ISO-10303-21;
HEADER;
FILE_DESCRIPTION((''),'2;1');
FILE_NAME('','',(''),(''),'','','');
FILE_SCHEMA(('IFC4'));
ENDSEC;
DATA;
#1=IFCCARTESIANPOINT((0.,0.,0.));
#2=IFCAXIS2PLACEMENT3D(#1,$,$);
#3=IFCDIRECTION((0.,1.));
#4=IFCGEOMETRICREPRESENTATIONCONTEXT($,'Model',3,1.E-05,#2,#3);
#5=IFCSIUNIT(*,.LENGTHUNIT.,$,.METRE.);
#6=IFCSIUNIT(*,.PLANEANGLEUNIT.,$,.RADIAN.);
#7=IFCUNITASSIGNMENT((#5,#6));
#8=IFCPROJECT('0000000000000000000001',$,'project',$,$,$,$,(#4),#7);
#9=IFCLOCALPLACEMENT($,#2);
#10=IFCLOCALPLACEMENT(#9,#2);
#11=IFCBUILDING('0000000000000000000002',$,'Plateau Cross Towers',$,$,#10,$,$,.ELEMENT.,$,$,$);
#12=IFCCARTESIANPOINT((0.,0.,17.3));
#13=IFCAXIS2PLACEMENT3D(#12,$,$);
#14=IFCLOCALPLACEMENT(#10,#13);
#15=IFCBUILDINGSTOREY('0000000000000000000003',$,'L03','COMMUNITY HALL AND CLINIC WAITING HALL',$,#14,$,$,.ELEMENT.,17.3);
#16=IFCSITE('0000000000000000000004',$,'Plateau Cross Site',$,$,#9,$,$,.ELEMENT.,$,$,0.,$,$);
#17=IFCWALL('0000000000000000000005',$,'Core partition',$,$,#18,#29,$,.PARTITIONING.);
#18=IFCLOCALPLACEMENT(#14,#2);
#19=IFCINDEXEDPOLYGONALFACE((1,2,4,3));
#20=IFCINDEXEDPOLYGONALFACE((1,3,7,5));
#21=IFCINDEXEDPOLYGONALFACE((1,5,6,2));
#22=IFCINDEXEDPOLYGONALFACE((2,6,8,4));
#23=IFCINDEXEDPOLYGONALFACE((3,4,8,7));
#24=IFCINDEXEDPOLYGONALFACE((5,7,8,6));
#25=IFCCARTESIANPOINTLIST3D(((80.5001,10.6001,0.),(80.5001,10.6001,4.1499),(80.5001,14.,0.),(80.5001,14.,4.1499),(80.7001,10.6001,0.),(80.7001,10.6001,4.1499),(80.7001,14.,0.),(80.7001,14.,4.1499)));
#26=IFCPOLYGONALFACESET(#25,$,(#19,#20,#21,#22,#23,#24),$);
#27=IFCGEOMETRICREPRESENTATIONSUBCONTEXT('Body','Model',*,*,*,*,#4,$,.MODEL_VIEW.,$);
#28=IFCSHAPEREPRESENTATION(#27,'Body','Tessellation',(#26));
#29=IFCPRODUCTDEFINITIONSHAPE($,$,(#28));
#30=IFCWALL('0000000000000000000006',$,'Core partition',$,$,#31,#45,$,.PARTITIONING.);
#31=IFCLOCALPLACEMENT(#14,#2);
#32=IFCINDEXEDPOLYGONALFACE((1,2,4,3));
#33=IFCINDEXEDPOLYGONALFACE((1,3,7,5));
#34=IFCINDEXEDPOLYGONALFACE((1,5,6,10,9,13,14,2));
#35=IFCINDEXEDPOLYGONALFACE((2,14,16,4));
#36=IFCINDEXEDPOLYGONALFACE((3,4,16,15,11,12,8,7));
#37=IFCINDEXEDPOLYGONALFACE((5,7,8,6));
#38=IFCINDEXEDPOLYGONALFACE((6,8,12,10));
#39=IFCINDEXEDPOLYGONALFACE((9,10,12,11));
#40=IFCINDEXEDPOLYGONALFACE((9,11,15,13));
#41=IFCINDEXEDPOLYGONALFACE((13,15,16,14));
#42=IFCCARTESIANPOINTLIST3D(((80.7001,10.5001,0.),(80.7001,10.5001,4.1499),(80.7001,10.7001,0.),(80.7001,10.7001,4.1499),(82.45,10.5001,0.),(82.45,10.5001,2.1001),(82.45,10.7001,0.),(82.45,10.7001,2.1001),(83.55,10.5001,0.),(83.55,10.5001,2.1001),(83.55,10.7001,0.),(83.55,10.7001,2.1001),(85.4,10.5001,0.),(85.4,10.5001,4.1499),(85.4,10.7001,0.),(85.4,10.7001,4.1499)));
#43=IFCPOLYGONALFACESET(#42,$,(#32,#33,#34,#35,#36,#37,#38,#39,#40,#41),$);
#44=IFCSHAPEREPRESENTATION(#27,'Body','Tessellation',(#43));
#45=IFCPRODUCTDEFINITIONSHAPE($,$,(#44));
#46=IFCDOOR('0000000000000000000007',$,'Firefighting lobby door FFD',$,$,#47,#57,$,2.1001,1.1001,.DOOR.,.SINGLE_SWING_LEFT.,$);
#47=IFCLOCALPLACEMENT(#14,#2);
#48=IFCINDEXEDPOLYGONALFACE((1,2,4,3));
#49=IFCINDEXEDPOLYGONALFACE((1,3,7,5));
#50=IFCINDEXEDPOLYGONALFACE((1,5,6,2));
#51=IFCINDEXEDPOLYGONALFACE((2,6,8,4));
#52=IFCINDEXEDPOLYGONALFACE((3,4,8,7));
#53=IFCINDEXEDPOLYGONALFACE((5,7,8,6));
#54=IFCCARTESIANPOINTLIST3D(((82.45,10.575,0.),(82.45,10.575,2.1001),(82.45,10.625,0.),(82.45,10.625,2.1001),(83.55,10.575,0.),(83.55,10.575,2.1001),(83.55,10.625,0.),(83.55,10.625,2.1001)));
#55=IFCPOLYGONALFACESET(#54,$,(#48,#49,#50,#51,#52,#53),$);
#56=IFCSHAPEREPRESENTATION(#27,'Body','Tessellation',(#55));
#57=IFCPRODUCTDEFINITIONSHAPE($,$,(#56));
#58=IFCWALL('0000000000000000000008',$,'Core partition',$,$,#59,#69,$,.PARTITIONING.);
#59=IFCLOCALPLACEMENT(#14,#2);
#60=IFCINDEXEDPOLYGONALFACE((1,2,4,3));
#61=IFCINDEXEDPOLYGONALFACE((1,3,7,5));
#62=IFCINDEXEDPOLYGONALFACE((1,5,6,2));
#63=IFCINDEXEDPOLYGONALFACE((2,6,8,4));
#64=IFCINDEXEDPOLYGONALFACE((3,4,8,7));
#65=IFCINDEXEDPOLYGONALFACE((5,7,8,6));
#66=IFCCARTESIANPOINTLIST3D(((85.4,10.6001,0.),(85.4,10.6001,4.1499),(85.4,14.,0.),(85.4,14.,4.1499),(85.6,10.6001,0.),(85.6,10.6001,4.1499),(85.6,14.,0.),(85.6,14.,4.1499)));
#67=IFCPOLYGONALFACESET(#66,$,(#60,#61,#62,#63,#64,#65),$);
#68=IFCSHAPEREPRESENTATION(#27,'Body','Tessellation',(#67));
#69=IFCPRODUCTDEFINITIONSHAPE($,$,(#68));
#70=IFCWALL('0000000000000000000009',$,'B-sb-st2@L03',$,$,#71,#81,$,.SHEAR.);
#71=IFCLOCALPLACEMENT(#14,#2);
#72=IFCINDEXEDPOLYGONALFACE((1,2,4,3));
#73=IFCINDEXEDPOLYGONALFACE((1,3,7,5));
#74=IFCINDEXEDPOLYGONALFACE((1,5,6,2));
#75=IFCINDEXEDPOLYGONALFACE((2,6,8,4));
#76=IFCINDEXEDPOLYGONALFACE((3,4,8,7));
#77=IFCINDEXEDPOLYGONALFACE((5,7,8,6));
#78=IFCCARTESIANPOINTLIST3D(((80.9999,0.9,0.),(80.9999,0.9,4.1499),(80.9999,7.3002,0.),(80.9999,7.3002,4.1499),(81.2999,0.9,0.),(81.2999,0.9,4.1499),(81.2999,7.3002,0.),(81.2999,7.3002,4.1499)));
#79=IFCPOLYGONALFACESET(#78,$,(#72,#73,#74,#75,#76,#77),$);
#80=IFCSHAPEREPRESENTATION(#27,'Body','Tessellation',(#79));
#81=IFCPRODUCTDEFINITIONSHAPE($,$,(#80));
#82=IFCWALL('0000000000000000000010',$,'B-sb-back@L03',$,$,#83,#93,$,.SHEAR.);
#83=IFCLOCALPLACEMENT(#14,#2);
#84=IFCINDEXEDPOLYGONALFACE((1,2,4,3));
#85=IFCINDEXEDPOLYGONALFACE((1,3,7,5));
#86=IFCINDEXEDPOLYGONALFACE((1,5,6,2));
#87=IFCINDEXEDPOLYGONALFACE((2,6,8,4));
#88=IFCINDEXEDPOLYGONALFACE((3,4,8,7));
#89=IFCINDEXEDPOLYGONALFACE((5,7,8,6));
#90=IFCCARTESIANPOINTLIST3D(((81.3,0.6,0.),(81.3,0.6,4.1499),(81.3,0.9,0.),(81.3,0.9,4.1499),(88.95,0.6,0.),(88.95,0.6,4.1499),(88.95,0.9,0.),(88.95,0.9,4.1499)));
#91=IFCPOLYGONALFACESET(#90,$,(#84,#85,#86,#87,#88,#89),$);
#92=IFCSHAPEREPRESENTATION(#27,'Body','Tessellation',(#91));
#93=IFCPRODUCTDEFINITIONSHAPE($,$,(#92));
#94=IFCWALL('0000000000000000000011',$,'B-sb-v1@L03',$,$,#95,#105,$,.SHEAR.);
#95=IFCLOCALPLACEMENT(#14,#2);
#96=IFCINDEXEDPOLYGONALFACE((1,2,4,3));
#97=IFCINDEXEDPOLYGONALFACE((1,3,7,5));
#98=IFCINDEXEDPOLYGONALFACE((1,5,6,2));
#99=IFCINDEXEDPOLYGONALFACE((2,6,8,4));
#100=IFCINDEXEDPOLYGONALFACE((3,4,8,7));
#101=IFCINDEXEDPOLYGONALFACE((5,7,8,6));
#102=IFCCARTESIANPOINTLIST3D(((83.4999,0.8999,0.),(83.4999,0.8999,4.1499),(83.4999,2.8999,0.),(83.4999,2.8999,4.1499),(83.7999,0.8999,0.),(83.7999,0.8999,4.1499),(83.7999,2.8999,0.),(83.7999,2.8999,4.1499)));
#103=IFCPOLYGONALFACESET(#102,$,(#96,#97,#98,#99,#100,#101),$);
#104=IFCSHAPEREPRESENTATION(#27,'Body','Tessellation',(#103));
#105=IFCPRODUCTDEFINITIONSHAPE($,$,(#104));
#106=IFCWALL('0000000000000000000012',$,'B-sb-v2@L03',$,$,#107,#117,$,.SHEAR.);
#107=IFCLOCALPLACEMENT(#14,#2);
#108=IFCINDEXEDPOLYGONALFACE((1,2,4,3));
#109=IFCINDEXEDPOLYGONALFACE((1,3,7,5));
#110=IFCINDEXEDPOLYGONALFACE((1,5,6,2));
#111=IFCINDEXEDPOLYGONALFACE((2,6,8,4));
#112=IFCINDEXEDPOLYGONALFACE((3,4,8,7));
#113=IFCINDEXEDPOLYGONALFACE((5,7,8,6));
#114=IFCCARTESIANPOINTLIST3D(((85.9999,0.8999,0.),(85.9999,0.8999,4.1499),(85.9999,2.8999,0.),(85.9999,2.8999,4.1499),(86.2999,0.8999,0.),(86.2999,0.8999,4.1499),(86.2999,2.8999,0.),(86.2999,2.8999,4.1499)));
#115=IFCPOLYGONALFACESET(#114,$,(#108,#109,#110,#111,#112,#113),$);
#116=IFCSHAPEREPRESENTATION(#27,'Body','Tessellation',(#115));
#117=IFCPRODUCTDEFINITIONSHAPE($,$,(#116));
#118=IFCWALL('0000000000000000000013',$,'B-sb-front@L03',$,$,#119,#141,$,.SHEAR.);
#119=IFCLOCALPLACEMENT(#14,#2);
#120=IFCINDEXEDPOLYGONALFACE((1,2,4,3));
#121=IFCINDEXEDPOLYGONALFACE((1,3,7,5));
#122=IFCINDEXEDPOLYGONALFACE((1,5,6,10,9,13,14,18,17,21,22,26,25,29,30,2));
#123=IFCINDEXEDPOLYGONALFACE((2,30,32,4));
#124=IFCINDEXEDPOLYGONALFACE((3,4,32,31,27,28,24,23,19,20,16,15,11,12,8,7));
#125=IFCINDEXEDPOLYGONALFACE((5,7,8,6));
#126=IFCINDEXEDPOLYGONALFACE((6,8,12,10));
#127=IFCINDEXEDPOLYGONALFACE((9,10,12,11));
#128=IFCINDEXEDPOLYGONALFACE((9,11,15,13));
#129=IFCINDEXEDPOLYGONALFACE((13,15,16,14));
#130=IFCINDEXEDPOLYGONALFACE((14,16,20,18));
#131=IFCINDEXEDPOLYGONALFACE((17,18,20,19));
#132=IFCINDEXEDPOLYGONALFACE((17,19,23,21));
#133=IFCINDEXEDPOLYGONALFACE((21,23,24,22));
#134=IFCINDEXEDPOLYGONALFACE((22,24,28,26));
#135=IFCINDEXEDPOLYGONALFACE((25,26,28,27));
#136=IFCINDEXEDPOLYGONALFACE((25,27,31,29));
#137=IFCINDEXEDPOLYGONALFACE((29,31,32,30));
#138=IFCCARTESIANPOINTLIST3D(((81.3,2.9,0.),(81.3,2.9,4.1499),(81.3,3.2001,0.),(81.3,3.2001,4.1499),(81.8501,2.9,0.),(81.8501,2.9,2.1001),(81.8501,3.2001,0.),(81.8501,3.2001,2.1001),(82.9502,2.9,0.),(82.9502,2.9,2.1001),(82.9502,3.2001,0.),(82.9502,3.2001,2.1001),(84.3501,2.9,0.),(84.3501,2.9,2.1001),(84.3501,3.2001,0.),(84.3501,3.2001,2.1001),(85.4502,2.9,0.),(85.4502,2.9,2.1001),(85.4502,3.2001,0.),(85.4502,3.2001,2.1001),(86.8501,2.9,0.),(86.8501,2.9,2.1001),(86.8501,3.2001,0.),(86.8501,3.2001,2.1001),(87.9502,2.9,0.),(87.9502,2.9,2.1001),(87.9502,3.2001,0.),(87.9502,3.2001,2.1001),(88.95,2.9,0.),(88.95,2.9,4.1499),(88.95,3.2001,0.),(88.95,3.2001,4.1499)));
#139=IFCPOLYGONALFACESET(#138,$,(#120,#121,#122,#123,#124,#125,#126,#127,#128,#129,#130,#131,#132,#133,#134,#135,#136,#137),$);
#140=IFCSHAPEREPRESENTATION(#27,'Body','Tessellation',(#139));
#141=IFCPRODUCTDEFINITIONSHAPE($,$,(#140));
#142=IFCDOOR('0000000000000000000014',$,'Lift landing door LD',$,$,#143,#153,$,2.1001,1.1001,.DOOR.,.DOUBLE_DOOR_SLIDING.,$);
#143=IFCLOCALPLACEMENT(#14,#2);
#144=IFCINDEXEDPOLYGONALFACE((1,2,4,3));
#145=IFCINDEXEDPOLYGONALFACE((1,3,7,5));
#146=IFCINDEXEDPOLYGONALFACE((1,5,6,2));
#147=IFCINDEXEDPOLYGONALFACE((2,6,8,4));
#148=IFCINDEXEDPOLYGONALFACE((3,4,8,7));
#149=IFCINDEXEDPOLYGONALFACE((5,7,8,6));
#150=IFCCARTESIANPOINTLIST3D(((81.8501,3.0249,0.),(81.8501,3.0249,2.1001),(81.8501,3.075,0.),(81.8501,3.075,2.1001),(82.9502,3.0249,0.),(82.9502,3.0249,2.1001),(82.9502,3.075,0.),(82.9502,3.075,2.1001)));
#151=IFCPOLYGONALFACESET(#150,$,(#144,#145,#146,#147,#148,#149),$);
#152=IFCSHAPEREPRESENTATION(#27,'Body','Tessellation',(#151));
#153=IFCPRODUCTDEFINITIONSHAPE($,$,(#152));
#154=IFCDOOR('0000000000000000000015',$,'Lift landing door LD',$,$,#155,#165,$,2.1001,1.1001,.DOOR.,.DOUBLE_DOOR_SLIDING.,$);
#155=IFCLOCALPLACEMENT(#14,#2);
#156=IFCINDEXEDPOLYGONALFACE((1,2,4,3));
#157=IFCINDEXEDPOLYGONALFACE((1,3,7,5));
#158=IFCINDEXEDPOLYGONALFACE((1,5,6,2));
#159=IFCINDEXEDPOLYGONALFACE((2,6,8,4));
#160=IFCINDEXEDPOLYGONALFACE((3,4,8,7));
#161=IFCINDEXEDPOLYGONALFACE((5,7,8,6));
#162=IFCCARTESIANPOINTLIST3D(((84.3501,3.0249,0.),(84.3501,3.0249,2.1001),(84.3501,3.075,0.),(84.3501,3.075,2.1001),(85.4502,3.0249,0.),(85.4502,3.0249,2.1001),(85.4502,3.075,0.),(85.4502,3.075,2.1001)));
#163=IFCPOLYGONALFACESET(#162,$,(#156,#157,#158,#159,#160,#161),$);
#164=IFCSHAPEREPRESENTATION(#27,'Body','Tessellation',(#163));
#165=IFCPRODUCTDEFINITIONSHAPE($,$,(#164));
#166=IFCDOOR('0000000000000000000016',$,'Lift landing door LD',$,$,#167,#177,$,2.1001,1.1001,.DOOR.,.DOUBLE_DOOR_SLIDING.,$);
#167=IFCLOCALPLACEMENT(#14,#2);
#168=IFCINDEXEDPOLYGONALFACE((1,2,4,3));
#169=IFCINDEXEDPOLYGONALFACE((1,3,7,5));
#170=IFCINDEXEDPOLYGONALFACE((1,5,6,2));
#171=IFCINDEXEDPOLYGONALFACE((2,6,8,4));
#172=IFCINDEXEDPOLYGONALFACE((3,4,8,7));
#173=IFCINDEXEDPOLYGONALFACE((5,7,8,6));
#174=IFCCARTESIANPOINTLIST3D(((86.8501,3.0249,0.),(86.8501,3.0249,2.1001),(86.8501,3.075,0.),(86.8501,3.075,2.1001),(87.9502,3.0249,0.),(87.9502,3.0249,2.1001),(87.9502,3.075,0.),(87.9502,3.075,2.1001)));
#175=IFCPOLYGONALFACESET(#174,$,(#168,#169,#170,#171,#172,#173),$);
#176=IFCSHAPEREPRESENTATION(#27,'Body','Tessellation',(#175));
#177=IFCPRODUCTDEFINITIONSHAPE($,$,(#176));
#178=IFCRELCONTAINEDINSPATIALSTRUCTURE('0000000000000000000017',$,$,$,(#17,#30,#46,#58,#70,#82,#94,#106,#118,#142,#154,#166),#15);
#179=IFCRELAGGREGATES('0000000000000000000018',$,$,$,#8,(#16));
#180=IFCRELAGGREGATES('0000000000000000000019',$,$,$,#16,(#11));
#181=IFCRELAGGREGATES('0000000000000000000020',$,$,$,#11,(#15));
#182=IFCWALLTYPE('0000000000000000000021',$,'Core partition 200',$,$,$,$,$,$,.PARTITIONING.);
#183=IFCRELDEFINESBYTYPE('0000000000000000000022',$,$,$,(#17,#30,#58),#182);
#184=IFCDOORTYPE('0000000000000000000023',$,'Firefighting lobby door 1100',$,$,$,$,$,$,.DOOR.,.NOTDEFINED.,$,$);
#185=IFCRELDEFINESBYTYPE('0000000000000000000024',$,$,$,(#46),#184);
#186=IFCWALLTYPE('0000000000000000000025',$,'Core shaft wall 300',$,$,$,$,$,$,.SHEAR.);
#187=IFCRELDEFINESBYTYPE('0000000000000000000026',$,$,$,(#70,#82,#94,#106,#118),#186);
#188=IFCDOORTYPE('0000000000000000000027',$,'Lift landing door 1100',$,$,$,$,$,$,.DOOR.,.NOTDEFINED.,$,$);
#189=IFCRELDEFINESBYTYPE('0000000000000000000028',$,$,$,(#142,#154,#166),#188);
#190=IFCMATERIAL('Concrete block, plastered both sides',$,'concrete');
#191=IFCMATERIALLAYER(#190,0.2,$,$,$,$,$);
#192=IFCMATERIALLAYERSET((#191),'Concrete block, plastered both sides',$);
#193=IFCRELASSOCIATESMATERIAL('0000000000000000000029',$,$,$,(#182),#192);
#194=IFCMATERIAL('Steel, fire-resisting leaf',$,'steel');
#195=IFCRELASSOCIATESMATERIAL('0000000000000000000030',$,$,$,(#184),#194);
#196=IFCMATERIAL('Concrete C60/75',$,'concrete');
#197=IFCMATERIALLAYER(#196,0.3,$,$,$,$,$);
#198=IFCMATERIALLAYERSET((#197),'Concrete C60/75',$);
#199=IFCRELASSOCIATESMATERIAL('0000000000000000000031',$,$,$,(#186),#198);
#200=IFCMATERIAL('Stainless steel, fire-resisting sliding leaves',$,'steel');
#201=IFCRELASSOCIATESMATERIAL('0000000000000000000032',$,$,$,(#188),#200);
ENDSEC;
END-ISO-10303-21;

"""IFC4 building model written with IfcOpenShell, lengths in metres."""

from ifc_helpers import new_model, si_unit, direction, frame, frame_2d, origin, place, context, subcontext, project, spatial, rectangle, extrude, material, layer, layer_set, type_object, element, fill, save


model = new_model("IFC4")

# Units and contexts
model_context = context("Model", 3, precision=1e-05, world=origin(), true_north=direction((0.0, 1.0)))
body_context = subcontext(model_context, "Body", "Model", "MODEL_VIEW")
ifc_project = project(units=[si_unit("LENGTHUNIT", "METRE"), si_unit("PLANEANGLEUNIT", "RADIAN")], contexts=[model_context])

# Site, building, storey
site_placement = place(None, origin())
site = spatial("IfcSite", under=ifc_project, at=site_placement, Name="Plateau Cross Site", CompositionType="ELEMENT", RefElevation=0.0)
building_placement = place(site_placement, origin())
building = spatial("IfcBuilding", under=site, at=building_placement, Name="Plateau Cross Towers", CompositionType="ELEMENT")
storey_placement = place(building_placement, frame((0.0, 0.0, 17.3)))
storey = spatial("IfcBuildingStorey", under=building, at=storey_placement, Name="L03", Description="COMMUNITY HALL AND CLINIC WAITING HALL", CompositionType="ELEMENT", Elevation=17.3)

# Wall
ifc_material_1 = material(Name="Concrete block, plastered both sides", Category="concrete")
ifc_layer_1 = layer(ifc_material_1, 0.2)
ifc_layer_set_1 = layer_set([ifc_layer_1], Name="Concrete block, plastered both sides")
wall_type_1 = type_object("IfcWallType", Name="Core partition 200", PredefinedType="PARTITIONING", material=ifc_layer_set_1)
wall_1_placement = place(storey_placement, frame((80.6001, 10.6001, 0.0), z_axis=(0.0, 0.0, 1.0), x_axis=(0.0, 1.0, 0.0)))
element("IfcWall", 1, at=wall_1_placement, inside=storey, type_object=wall_type_1, Name="Core partition", PredefinedType="PARTITIONING", context=body_context, shape_type="SweptSolid", body=[
    extrude(rectangle(XDim=3.3999, YDim=0.2, at=frame_2d((1.7, 0.0))), origin(), (0.0, 0.0, 1.0), 4.1499),
])

# Wall, opening, door
wall_2_placement = place(storey_placement, frame((80.7, 10.6001, 0.0), z_axis=(0.0, 0.0, 1.0), x_axis=(1.0, 0.0, 0.0)))
wall_2 = element("IfcWall", 2, at=wall_2_placement, inside=storey, type_object=wall_type_1, Name="Core partition", PredefinedType="PARTITIONING", context=body_context, shape_type="SweptSolid", body=[
    extrude(rectangle(XDim=4.7, YDim=0.2, at=frame_2d((2.3501, 0.0))), origin(), (0.0, 0.0, 1.0), 4.1499),
])
opening_1_placement = place(wall_2_placement, frame((1.75, 0.0, 0.0)))
opening_1 = element("IfcOpeningElement", 3, at=opening_1_placement, cuts=wall_2, PredefinedType="OPENING", context=body_context, shape_type="SweptSolid", body=[
    extrude(rectangle(XDim=1.1001, YDim=2.1001, at=frame_2d((0.55, 1.05))), frame((0.0, 0.1099, 0.0), z_axis=(0.0, -1.0, 0.0), x_axis=(1.0, 0.0, 0.0)), (0.0, 0.0, 1.0), 0.22),
])
ifc_material_2 = material(Name="Steel, fire-resisting leaf", Category="steel")
door_type_1 = type_object("IfcDoorType", Name="Firefighting lobby door 1100", OperationType="NOTDEFINED", PredefinedType="DOOR", material=ifc_material_2)
door_1_placement = place(opening_1_placement, origin())
door_1 = element("IfcDoor", 4, at=door_1_placement, inside=storey, type_object=door_type_1, Name="Firefighting lobby door FFD", OperationType="SINGLE_SWING_LEFT", OverallHeight=2.1001, OverallWidth=1.1001, PredefinedType="DOOR", context=body_context, shape_type="SweptSolid", body=[
    extrude(rectangle(XDim=1.1001, YDim=2.1001, at=frame_2d((0.55, 1.05))), frame((0.0, 0.0249, 0.0), z_axis=(0.0, -1.0, 0.0), x_axis=(1.0, 0.0, 0.0)), (0.0, 0.0, 1.0), 0.05),
])
fill(opening_1, door_1)

# Walls
wall_3_placement = place(storey_placement, frame((85.5, 10.6001, 0.0), z_axis=(0.0, 0.0, 1.0), x_axis=(0.0, 1.0, 0.0)))
element("IfcWall", 5, at=wall_3_placement, inside=storey, type_object=wall_type_1, Name="Core partition", PredefinedType="PARTITIONING", context=body_context, shape_type="SweptSolid", body=[
    extrude(rectangle(XDim=3.3999, YDim=0.2, at=frame_2d((1.7, 0.0))), origin(), (0.0, 0.0, 1.0), 4.1499),
])
ifc_material_3 = material(Name="Concrete C60/75", Category="concrete")
ifc_layer_2 = layer(ifc_material_3, 0.3)
ifc_layer_set_2 = layer_set([ifc_layer_2], Name="Concrete C60/75")
wall_type_2 = type_object("IfcWallType", Name="Core shaft wall 300", PredefinedType="SHEAR", material=ifc_layer_set_2)
wall_4_placement = place(storey_placement, frame((81.1499, 0.8999, 0.0), z_axis=(0.0, 0.0, 1.0), x_axis=(0.0, 1.0, 0.0)))
element("IfcWall", 6, at=wall_4_placement, inside=storey, type_object=wall_type_2, Name="B-sb-st2@L03", PredefinedType="SHEAR", context=body_context, shape_type="SweptSolid", body=[
    extrude(rectangle(XDim=6.4001, YDim=0.3, at=frame_2d((3.2002, 0.0))), origin(), (0.0, 0.0, 1.0), 4.1499),
])
wall_5_placement = place(storey_placement, frame((81.3, 0.75, 0.0), z_axis=(0.0, 0.0, 1.0), x_axis=(1.0, 0.0, 0.0)))
element("IfcWall", 7, at=wall_5_placement, inside=storey, type_object=wall_type_2, Name="B-sb-back@L03", PredefinedType="SHEAR", context=body_context, shape_type="SweptSolid", body=[
    extrude(rectangle(XDim=7.6499, YDim=0.3, at=frame_2d((3.825, 0.0))), origin(), (0.0, 0.0, 1.0), 4.1499),
])
for number, where, z_axis, x_axis, name in (
    (8, (83.6499, 0.8999, 0.0), (0.0, 0.0, 1.0), (0.0, 1.0, 0.0), "B-sb-v1@L03"),
    (9, (86.1499, 0.8999, 0.0), (0.0, 0.0, 1.0), (0.0, 1.0, 0.0), "B-sb-v2@L03"),
):
    element("IfcWall", number, at=place(storey_placement, frame(where, z_axis=z_axis, x_axis=x_axis)), inside=storey, type_object=wall_type_2, Name=name, PredefinedType="SHEAR", context=body_context, shape_type="SweptSolid", body=[
        extrude(rectangle(XDim=2.0, YDim=0.3, at=frame_2d((1.0, 0.0))), origin(), (0.0, 0.0, 1.0), 4.1499),
    ])

# Wall, openings, doors
wall_6_placement = place(storey_placement, frame((81.3, 3.05, 0.0), z_axis=(0.0, 0.0, 1.0), x_axis=(1.0, 0.0, 0.0)))
wall_6 = element("IfcWall", 10, at=wall_6_placement, inside=storey, type_object=wall_type_2, Name="B-sb-front@L03", PredefinedType="SHEAR", context=body_context, shape_type="SweptSolid", body=[
    extrude(rectangle(XDim=7.6499, YDim=0.3, at=frame_2d((3.825, 0.0))), origin(), (0.0, 0.0, 1.0), 4.1499),
])
opening_2_placement = place(wall_6_placement, frame((0.55, 0.0, 0.0)))
opening_2 = element("IfcOpeningElement", 11, at=opening_2_placement, cuts=wall_6, PredefinedType="OPENING", context=body_context, shape_type="SweptSolid", body=[
    extrude(rectangle(XDim=1.1001, YDim=2.1001, at=frame_2d((0.55, 1.05))), frame((0.0, 0.1599, 0.0), z_axis=(0.0, -1.0, 0.0), x_axis=(1.0, 0.0, 0.0)), (0.0, 0.0, 1.0), 0.3201),
])
opening_3_placement = place(wall_6_placement, frame((3.05, 0.0, 0.0)))
opening_3 = element("IfcOpeningElement", 12, at=opening_3_placement, cuts=wall_6, PredefinedType="OPENING", context=body_context, shape_type="SweptSolid", body=[
    extrude(rectangle(XDim=1.1001, YDim=2.1001, at=frame_2d((0.55, 1.05))), frame((0.0, 0.1599, 0.0), z_axis=(0.0, -1.0, 0.0), x_axis=(1.0, 0.0, 0.0)), (0.0, 0.0, 1.0), 0.3201),
])
opening_4_placement = place(wall_6_placement, frame((5.55, 0.0, 0.0)))
opening_4 = element("IfcOpeningElement", 13, at=opening_4_placement, cuts=wall_6, PredefinedType="OPENING", context=body_context, shape_type="SweptSolid", body=[
    extrude(rectangle(XDim=1.1001, YDim=2.1001, at=frame_2d((0.55, 1.05))), frame((0.0, 0.1599, 0.0), z_axis=(0.0, -1.0, 0.0), x_axis=(1.0, 0.0, 0.0)), (0.0, 0.0, 1.0), 0.3201),
])
ifc_material_4 = material(Name="Stainless steel, fire-resisting sliding leaves", Category="steel")
door_type_2 = type_object("IfcDoorType", Name="Lift landing door 1100", OperationType="NOTDEFINED", PredefinedType="DOOR", material=ifc_material_4)
door_2_placement = place(opening_2_placement, origin())
door_2 = element("IfcDoor", 14, at=door_2_placement, inside=storey, type_object=door_type_2, Name="Lift landing door LD", OperationType="DOUBLE_DOOR_SLIDING", OverallHeight=2.1001, OverallWidth=1.1001, PredefinedType="DOOR", context=body_context, shape_type="SweptSolid", body=[
    extrude(rectangle(XDim=1.1001, YDim=2.1001, at=frame_2d((0.55, 1.05))), frame((0.0, 0.0249, 0.0), z_axis=(0.0, -1.0, 0.0), x_axis=(1.0, 0.0, 0.0)), (0.0, 0.0, 1.0), 0.05),
])
fill(opening_2, door_2)
door_3_placement = place(opening_3_placement, origin())
door_3 = element("IfcDoor", 15, at=door_3_placement, inside=storey, type_object=door_type_2, Name="Lift landing door LD", OperationType="DOUBLE_DOOR_SLIDING", OverallHeight=2.1001, OverallWidth=1.1001, PredefinedType="DOOR", context=body_context, shape_type="SweptSolid", body=[
    extrude(rectangle(XDim=1.1001, YDim=2.1001, at=frame_2d((0.55, 1.05))), frame((0.0, 0.0249, 0.0), z_axis=(0.0, -1.0, 0.0), x_axis=(1.0, 0.0, 0.0)), (0.0, 0.0, 1.0), 0.05),
])
fill(opening_3, door_3)
door_4_placement = place(opening_4_placement, origin())
door_4 = element("IfcDoor", 16, at=door_4_placement, inside=storey, type_object=door_type_2, Name="Lift landing door LD", OperationType="DOUBLE_DOOR_SLIDING", OverallHeight=2.1001, OverallWidth=1.1001, PredefinedType="DOOR", context=body_context, shape_type="SweptSolid", body=[
    extrude(rectangle(XDim=1.1001, YDim=2.1001, at=frame_2d((0.55, 1.05))), frame((0.0, 0.0249, 0.0), z_axis=(0.0, -1.0, 0.0), x_axis=(1.0, 0.0, 0.0)), (0.0, 0.0, 1.0), 0.05),
])
fill(opening_4, door_4)

save(model, "model.ifc")
